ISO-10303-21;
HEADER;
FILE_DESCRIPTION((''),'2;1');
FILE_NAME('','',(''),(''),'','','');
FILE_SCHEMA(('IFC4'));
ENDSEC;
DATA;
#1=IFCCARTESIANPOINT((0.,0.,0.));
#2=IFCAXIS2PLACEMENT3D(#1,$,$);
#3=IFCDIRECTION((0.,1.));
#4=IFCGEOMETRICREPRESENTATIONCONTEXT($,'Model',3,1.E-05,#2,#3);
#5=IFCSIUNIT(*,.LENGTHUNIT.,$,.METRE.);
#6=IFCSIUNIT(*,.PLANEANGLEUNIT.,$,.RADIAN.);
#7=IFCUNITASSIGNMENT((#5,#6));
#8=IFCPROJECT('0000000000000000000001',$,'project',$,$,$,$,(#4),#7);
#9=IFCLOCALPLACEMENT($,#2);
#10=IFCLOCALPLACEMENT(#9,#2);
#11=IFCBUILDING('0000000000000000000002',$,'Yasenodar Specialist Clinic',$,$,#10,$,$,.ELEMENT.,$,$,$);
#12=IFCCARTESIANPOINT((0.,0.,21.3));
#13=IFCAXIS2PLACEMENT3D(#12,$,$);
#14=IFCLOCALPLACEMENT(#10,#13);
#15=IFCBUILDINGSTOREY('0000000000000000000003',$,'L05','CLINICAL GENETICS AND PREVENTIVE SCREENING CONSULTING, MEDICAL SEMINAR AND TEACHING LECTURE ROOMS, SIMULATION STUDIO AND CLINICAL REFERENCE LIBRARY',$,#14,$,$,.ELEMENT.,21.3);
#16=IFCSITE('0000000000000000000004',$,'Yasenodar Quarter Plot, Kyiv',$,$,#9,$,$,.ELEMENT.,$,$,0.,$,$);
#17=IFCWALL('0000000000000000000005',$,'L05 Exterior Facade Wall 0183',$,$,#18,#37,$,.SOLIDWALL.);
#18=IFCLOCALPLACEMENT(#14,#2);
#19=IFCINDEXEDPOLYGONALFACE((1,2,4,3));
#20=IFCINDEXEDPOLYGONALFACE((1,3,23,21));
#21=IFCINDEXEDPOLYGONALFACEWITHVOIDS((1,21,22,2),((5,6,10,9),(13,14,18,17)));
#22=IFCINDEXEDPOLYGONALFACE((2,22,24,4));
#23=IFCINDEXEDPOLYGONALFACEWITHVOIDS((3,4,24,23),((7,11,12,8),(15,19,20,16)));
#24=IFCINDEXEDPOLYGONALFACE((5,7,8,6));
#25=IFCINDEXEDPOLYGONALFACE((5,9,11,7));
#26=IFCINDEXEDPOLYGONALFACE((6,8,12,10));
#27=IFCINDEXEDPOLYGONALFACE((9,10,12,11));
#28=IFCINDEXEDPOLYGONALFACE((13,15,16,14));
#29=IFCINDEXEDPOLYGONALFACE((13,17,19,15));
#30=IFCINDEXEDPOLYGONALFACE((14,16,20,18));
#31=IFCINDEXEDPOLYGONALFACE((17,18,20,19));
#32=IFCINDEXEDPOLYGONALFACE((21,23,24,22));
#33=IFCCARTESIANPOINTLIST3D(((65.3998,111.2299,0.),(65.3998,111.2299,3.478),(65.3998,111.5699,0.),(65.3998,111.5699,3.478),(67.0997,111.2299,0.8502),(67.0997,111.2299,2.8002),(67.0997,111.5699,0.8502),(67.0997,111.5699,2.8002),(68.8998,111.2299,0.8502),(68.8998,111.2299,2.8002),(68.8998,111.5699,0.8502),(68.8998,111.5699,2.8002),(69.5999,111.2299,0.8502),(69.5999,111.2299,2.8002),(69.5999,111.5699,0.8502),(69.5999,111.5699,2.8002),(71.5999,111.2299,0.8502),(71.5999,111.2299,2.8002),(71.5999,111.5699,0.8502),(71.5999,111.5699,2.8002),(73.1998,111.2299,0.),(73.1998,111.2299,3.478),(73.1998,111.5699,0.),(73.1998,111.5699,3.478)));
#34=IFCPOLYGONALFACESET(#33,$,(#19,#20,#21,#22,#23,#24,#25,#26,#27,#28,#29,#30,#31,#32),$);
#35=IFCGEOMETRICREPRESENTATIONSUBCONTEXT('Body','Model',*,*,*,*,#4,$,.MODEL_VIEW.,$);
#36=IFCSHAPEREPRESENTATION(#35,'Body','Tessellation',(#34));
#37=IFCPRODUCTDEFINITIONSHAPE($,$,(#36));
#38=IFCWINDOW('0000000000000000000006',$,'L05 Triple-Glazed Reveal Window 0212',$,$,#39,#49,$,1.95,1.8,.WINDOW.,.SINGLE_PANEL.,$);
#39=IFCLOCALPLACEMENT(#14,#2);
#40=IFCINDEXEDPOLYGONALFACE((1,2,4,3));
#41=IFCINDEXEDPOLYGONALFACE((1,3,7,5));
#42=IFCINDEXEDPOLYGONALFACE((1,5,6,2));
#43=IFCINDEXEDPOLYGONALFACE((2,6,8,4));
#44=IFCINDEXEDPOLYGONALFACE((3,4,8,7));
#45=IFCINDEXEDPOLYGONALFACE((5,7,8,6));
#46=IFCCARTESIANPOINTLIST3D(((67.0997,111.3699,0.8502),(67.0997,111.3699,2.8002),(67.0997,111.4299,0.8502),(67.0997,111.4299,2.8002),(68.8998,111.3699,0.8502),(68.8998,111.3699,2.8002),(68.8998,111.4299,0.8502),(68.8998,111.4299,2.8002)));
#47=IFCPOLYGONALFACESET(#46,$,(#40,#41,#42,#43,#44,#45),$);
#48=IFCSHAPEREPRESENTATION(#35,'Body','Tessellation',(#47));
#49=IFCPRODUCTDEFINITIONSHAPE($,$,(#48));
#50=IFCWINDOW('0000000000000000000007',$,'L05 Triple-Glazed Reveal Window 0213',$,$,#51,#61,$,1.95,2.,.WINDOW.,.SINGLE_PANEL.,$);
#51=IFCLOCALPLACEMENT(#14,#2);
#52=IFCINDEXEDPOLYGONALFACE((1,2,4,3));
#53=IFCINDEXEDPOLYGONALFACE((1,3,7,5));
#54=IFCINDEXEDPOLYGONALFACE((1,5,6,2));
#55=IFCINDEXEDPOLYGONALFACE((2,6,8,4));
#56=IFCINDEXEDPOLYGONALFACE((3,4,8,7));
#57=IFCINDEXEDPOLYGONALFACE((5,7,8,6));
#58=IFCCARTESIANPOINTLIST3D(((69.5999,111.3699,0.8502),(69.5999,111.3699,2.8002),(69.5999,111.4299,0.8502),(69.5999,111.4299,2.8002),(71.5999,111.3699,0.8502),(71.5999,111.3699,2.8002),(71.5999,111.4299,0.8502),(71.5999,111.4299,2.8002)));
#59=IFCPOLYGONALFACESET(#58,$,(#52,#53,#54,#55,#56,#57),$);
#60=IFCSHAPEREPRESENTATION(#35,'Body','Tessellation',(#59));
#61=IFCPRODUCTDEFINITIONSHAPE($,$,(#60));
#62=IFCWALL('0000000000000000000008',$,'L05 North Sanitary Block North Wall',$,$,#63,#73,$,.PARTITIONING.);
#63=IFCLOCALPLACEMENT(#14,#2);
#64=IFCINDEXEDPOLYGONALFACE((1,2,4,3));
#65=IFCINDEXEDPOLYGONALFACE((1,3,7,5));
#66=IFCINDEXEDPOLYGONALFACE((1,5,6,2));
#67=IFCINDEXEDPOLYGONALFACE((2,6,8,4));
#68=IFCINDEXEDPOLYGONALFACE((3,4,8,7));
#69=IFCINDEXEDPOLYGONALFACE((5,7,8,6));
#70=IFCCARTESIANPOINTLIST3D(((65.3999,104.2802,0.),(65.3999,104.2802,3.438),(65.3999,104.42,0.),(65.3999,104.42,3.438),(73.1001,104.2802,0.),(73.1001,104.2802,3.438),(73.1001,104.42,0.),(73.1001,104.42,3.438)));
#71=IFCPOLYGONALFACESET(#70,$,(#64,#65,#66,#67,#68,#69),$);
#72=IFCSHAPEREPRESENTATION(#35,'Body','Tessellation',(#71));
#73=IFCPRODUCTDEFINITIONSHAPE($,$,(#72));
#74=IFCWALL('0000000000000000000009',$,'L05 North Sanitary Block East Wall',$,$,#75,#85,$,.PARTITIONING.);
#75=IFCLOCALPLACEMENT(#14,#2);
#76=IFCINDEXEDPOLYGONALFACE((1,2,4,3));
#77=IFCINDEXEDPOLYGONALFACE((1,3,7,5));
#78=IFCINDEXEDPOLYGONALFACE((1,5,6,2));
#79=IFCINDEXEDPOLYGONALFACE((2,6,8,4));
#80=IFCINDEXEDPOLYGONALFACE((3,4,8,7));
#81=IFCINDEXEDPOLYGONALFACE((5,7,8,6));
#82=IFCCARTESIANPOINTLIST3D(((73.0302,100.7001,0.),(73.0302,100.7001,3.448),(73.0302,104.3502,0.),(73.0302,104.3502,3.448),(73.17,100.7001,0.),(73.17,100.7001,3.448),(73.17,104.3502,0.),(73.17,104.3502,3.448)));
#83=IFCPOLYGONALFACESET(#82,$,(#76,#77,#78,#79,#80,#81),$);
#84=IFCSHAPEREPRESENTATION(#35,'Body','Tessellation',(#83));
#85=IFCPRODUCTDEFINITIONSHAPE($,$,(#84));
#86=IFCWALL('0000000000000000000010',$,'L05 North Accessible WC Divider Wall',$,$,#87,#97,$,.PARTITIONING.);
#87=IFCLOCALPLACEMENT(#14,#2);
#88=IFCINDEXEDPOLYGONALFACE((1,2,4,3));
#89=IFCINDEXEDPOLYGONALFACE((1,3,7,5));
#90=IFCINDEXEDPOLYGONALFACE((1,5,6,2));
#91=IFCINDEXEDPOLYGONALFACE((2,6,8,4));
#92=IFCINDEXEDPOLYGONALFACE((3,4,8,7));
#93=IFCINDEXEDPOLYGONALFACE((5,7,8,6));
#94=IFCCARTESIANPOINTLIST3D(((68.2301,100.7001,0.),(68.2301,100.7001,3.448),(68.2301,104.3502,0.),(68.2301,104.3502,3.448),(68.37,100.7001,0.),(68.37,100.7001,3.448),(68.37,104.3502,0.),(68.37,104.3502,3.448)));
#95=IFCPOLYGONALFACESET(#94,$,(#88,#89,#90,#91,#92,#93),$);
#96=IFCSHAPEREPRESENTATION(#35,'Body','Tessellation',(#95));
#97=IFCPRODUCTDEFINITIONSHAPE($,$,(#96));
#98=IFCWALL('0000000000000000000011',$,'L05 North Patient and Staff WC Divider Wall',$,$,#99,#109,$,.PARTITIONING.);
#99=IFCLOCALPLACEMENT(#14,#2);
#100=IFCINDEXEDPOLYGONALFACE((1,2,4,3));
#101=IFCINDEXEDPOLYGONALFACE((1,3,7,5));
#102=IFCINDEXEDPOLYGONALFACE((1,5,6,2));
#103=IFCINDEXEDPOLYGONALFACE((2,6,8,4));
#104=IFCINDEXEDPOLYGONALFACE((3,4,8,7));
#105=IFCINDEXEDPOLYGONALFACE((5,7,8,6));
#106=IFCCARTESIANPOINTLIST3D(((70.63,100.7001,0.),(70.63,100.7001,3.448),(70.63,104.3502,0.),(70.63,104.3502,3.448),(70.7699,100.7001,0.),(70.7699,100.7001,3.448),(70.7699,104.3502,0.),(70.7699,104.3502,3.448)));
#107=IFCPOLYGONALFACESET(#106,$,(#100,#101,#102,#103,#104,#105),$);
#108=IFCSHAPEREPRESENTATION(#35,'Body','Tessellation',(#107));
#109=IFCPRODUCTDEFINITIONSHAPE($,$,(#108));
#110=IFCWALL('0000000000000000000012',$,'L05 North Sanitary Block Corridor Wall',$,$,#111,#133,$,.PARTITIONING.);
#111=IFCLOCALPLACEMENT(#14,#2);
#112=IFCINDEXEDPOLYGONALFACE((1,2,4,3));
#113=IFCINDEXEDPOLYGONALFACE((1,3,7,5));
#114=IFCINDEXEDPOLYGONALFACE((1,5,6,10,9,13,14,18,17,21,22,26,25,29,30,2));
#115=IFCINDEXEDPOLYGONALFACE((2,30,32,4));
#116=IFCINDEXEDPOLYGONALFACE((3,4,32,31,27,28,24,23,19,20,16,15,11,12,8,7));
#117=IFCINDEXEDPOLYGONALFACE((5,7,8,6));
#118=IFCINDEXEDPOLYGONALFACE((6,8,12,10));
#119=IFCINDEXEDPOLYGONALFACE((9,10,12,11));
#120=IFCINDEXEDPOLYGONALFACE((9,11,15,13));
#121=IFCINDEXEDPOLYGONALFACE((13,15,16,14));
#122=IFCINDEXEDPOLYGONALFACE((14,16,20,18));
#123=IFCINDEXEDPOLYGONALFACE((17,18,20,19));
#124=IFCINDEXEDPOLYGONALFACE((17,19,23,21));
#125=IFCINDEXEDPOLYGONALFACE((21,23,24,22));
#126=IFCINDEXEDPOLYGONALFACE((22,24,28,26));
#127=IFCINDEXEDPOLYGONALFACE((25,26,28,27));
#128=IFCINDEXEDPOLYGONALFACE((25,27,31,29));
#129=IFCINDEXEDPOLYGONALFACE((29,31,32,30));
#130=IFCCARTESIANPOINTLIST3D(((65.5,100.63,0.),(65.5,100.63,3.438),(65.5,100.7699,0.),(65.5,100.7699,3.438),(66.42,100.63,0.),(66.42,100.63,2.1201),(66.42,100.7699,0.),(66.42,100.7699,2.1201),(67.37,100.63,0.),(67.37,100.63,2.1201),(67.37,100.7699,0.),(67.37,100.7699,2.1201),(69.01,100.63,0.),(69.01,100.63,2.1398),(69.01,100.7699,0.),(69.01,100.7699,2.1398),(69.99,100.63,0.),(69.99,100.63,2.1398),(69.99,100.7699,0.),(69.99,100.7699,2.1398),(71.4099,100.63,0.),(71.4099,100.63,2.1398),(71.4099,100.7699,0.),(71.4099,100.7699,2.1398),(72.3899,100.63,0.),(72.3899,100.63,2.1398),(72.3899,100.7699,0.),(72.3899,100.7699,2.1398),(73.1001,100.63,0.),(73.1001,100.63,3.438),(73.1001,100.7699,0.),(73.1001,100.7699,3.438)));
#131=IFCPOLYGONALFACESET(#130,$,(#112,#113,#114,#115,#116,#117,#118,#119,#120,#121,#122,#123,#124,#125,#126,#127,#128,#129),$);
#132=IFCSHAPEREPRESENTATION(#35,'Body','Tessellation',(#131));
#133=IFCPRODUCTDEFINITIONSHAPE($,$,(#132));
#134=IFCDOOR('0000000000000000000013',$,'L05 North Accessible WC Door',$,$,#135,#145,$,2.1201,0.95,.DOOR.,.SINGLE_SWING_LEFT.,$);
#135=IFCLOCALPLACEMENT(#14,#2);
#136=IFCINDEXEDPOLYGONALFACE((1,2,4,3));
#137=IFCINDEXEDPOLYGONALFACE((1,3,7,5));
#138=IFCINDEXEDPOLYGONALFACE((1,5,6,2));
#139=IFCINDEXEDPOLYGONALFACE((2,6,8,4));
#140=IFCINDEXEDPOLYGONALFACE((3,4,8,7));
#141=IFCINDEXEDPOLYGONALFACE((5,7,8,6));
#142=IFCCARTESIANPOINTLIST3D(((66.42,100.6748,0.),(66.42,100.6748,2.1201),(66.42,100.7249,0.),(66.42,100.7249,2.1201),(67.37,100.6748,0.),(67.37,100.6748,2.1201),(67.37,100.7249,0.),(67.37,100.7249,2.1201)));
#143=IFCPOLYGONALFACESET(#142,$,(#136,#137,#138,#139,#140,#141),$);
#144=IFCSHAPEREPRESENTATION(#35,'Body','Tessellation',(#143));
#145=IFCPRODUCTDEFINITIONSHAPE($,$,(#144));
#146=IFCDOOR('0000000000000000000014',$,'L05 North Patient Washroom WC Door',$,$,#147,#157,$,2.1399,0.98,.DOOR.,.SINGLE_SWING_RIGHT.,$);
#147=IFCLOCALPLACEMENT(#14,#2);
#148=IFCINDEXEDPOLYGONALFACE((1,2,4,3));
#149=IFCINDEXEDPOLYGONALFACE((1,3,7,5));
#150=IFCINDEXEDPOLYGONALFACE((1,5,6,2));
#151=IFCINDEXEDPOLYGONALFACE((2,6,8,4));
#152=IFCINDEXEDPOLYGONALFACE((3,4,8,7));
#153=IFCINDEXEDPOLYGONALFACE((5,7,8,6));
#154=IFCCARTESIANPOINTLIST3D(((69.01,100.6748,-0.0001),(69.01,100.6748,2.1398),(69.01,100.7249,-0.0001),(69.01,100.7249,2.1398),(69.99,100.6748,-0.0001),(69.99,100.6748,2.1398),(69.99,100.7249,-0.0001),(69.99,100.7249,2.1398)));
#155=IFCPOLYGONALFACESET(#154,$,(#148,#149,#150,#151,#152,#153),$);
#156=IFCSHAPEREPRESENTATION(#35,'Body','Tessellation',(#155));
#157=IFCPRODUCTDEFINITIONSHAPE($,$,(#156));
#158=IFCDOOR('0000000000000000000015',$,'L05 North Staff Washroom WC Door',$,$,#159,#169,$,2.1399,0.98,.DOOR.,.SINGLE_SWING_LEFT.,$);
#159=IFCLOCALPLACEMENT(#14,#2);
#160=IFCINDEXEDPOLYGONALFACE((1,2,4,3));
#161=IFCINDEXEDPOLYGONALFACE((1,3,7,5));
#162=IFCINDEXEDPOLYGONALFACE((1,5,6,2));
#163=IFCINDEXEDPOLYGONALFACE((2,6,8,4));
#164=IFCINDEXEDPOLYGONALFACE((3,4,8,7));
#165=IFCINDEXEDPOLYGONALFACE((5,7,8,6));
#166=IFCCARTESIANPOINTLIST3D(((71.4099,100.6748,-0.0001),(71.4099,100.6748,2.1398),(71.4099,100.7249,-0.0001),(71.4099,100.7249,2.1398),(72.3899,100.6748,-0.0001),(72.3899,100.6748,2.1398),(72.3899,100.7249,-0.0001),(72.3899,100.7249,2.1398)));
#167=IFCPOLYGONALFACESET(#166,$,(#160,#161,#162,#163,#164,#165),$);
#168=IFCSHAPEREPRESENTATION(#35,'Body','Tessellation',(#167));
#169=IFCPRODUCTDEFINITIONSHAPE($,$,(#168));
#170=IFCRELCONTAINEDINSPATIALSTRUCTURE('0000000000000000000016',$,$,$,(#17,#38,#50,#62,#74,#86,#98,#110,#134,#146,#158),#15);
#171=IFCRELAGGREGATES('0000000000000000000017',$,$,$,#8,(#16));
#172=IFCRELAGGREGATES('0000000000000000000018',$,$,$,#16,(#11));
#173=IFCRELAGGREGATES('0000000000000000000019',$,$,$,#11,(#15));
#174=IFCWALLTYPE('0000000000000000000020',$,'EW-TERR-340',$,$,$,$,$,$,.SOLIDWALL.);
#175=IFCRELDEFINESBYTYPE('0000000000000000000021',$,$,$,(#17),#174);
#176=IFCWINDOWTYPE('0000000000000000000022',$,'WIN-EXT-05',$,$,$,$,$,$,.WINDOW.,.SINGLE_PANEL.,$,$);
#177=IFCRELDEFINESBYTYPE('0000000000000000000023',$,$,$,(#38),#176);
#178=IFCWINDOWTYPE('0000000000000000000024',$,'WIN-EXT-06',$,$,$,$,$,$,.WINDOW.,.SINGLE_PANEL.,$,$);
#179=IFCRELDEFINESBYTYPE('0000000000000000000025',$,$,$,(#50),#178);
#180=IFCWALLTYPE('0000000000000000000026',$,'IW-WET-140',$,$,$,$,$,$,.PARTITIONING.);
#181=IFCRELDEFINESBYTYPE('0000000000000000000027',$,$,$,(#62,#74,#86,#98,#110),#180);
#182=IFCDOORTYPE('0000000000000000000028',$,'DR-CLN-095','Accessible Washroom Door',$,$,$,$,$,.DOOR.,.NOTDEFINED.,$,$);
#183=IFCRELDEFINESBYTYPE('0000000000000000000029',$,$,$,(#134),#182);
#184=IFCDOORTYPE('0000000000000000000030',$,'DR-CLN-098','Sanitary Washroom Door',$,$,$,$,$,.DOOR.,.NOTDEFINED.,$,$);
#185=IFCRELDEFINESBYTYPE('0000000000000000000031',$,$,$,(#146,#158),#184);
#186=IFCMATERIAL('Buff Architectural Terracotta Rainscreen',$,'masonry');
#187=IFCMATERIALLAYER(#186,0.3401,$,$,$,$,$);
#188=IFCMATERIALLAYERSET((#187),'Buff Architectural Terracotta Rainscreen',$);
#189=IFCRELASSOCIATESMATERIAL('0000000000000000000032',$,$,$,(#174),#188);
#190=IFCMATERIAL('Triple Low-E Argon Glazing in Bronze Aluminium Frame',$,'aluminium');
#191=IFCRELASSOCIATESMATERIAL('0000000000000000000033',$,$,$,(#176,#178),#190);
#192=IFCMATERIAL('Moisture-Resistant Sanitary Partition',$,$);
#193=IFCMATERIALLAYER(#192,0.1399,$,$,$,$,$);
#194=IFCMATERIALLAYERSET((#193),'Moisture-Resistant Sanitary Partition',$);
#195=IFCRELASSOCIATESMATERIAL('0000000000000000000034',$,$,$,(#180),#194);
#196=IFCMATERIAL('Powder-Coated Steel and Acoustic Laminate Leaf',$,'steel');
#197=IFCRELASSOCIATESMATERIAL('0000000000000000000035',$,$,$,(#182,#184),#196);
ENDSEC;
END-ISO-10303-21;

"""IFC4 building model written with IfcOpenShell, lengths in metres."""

from ifc_helpers import new_model, si_unit, direction, frame, frame_2d, origin, place, context, subcontext, project, spatial, rectangle, extrude, material, layer, layer_set, type_object, element, fill, save


model = new_model("IFC4")

# Units and contexts
model_context = context("Model", 3, precision=1e-05, world=origin(), true_north=direction((0.0, 1.0)))
body_context = subcontext(model_context, "Body", "Model", "MODEL_VIEW")
ifc_project = project(units=[si_unit("LENGTHUNIT", "METRE"), si_unit("PLANEANGLEUNIT", "RADIAN")], contexts=[model_context])

# Site, building, storey
site_placement = place(None, origin())
site = spatial("IfcSite", under=ifc_project, at=site_placement, Name="Yasenodar Quarter Plot, Kyiv", CompositionType="ELEMENT", RefElevation=0.0)
building_placement = place(site_placement, origin())
building = spatial("IfcBuilding", under=site, at=building_placement, Name="Yasenodar Specialist Clinic", CompositionType="ELEMENT")
storey_placement = place(building_placement, frame((0.0, 0.0, 21.3)))
storey = spatial("IfcBuildingStorey", under=building, at=storey_placement, Name="L05", Description="CLINICAL GENETICS AND PREVENTIVE SCREENING CONSULTING, MEDICAL SEMINAR AND TEACHING LECTURE ROOMS, SIMULATION STUDIO AND CLINICAL REFERENCE LIBRARY", CompositionType="ELEMENT", Elevation=21.3)

# Wall, openings, windows
ifc_material_1 = material(Name="Buff Architectural Terracotta Rainscreen", Category="masonry")
ifc_layer_1 = layer(ifc_material_1, 0.3401)
ifc_layer_set_1 = layer_set([ifc_layer_1], Name="Buff Architectural Terracotta Rainscreen")
wall_type_1 = type_object("IfcWallType", Name="EW-TERR-340", PredefinedType="SOLIDWALL", material=ifc_layer_set_1)
wall_1_placement = place(storey_placement, frame((65.3999, 111.3999, 0.0), z_axis=(0.0, 0.0, 1.0), x_axis=(1.0, 0.0, 0.0)))
wall_1 = element("IfcWall", 1, at=wall_1_placement, inside=storey, type_object=wall_type_1, Name="L05 Exterior Facade Wall 0183", PredefinedType="SOLIDWALL", context=body_context, shape_type="SweptSolid", body=[
    extrude(rectangle(XDim=7.8, YDim=0.3401, at=frame_2d((3.8999, 0.0))), origin(), (0.0, 0.0, 1.0), 3.478),
])
opening_1_placement = place(wall_1_placement, frame((1.7, 0.0, 0.8501)))
opening_1 = element("IfcOpeningElement", 2, at=opening_1_placement, cuts=wall_1, PredefinedType="OPENING", context=body_context, shape_type="SweptSolid", body=[
    extrude(rectangle(XDim=1.8, YDim=1.95, at=frame_2d((0.8999, 0.9751))), frame((0.0, 0.1802, 0.0), z_axis=(0.0, -1.0, 0.0), x_axis=(1.0, 0.0, 0.0)), (0.0, 0.0, 1.0), 0.3601),
])
opening_2_placement = place(wall_1_placement, frame((4.2, 0.0, 0.8501)))
opening_2 = element("IfcOpeningElement", 3, at=opening_2_placement, cuts=wall_1, PredefinedType="OPENING", context=body_context, shape_type="SweptSolid", body=[
    extrude(rectangle(XDim=2.0, YDim=1.95, at=frame_2d((1.0, 0.9751))), frame((0.0, 0.1802, 0.0), z_axis=(0.0, -1.0, 0.0), x_axis=(1.0, 0.0, 0.0)), (0.0, 0.0, 1.0), 0.3601),
])
ifc_material_2 = material(Name="Triple Low-E Argon Glazing in Bronze Aluminium Frame", Category="aluminium")
window_type_1 = type_object("IfcWindowType", Name="WIN-EXT-05", PartitioningType="SINGLE_PANEL", PredefinedType="WINDOW", material=ifc_material_2)
window_1_placement = place(opening_1_placement, origin())
window_1 = element("IfcWindow", 4, at=window_1_placement, inside=storey, type_object=window_type_1, Name="L05 Triple-Glazed Reveal Window 0212", OverallHeight=1.95, OverallWidth=1.8, PartitioningType="SINGLE_PANEL", PredefinedType="WINDOW", context=body_context, shape_type="SweptSolid", body=[
    extrude(rectangle(XDim=1.8, YDim=1.95, at=frame_2d((0.8999, 0.9751))), frame((0.0, 0.03, 0.0), z_axis=(0.0, -1.0, 0.0), x_axis=(1.0, 0.0, 0.0)), (0.0, 0.0, 1.0), 0.0601),
])
fill(opening_1, window_1)
window_type_2 = type_object("IfcWindowType", Name="WIN-EXT-06", PartitioningType="SINGLE_PANEL", PredefinedType="WINDOW", material=ifc_material_2)
window_2_placement = place(opening_2_placement, origin())
window_2 = element("IfcWindow", 5, at=window_2_placement, inside=storey, type_object=window_type_2, Name="L05 Triple-Glazed Reveal Window 0213", OverallHeight=1.95, OverallWidth=2.0, PartitioningType="SINGLE_PANEL", PredefinedType="WINDOW", context=body_context, shape_type="SweptSolid", body=[
    extrude(rectangle(XDim=2.0, YDim=1.95, at=frame_2d((1.0, 0.9751))), frame((0.0, 0.03, 0.0), z_axis=(0.0, -1.0, 0.0), x_axis=(1.0, 0.0, 0.0)), (0.0, 0.0, 1.0), 0.0601),
])
fill(opening_2, window_2)

# Walls
ifc_material_3 = material(Name="Moisture-Resistant Sanitary Partition")
ifc_layer_2 = layer(ifc_material_3, 0.1399)
ifc_layer_set_2 = layer_set([ifc_layer_2], Name="Moisture-Resistant Sanitary Partition")
wall_type_2 = type_object("IfcWallType", Name="IW-WET-140", PredefinedType="PARTITIONING", material=ifc_layer_set_2)
wall_2_placement = place(storey_placement, frame((65.3999, 104.3501, 0.0), z_axis=(0.0, 0.0, 1.0), x_axis=(1.0, 0.0, 0.0)))
element("IfcWall", 6, at=wall_2_placement, inside=storey, type_object=wall_type_2, Name="L05 North Sanitary Block North Wall", PredefinedType="PARTITIONING", context=body_context, shape_type="SweptSolid", body=[
    extrude(rectangle(XDim=7.7002, YDim=0.1399, at=frame_2d((3.8501, 0.0))), origin(), (0.0, 0.0, 1.0), 3.438),
])
for number, where, z_axis, x_axis, name in (
    (7, (73.1001, 100.7, 0.0), (0.0, 0.0, 1.0), (0.0, 1.0, 0.0), "L05 North Sanitary Block East Wall"),
    (8, (68.3, 100.7, 0.0), (0.0, 0.0, 1.0), (0.0, 1.0, 0.0), "L05 North Accessible WC Divider Wall"),
    (9, (70.7, 100.7, 0.0), (0.0, 0.0, 1.0), (0.0, 1.0, 0.0), "L05 North Patient and Staff WC Divider Wall"),
):
    element("IfcWall", number, at=place(storey_placement, frame(where, z_axis=z_axis, x_axis=x_axis)), inside=storey, type_object=wall_type_2, Name=name, PredefinedType="PARTITIONING", context=body_context, shape_type="SweptSolid", body=[
        extrude(rectangle(XDim=3.6501, YDim=0.1399, at=frame_2d((1.8252, 0.0))), origin(), (0.0, 0.0, 1.0), 3.448),
    ])

# Wall, openings, doors
wall_3_placement = place(storey_placement, frame((65.5, 100.7, 0.0), z_axis=(0.0, 0.0, 1.0), x_axis=(1.0, 0.0, 0.0)))
wall_3 = element("IfcWall", 10, at=wall_3_placement, inside=storey, type_object=wall_type_2, Name="L05 North Sanitary Block Corridor Wall", PredefinedType="PARTITIONING", context=body_context, shape_type="SweptSolid", body=[
    extrude(rectangle(XDim=7.6001, YDim=0.1399, at=frame_2d((3.8, 0.0))), origin(), (0.0, 0.0, 1.0), 3.438),
])
opening_3_placement = place(wall_3_placement, frame((0.9199, 0.0, 0.0)))
opening_3 = element("IfcOpeningElement", 11, at=opening_3_placement, cuts=wall_3, PredefinedType="OPENING", context=body_context, shape_type="SweptSolid", body=[
    extrude(rectangle(XDim=0.95, YDim=2.1201, at=frame_2d((0.4751, 1.0601))), frame((0.0, 0.0801, 0.0), z_axis=(0.0, -1.0, 0.0), x_axis=(1.0, 0.0, 0.0)), (0.0, 0.0, 1.0), 0.1599),
])
opening_4_placement = place(wall_3_placement, frame((3.51, 0.0, 0.0)))
opening_4 = element("IfcOpeningElement", 12, at=opening_4_placement, cuts=wall_3, PredefinedType="OPENING", context=body_context, shape_type="SweptSolid", body=[
    extrude(rectangle(XDim=0.98, YDim=2.1399, at=frame_2d((0.49, 1.0698))), frame((0.0, 0.0801, 0.0), z_axis=(0.0, -1.0, 0.0), x_axis=(1.0, 0.0, 0.0)), (0.0, 0.0, 1.0), 0.1599),
])
opening_5_placement = place(wall_3_placement, frame((5.9099, 0.0, 0.0)))
opening_5 = element("IfcOpeningElement", 13, at=opening_5_placement, cuts=wall_3, PredefinedType="OPENING", context=body_context, shape_type="SweptSolid", body=[
    extrude(rectangle(XDim=0.98, YDim=2.1399, at=frame_2d((0.49, 1.0698))), frame((0.0, 0.0801, 0.0), z_axis=(0.0, -1.0, 0.0), x_axis=(1.0, 0.0, 0.0)), (0.0, 0.0, 1.0), 0.1599),
])
ifc_material_4 = material(Name="Powder-Coated Steel and Acoustic Laminate Leaf", Category="steel")
door_type_1 = type_object("IfcDoorType", Name="DR-CLN-095", Description="Accessible Washroom Door", OperationType="NOTDEFINED", PredefinedType="DOOR", material=ifc_material_4)
door_1_placement = place(opening_3_placement, origin())
door_1 = element("IfcDoor", 14, at=door_1_placement, inside=storey, type_object=door_type_1, Name="L05 North Accessible WC Door", OperationType="SINGLE_SWING_LEFT", OverallHeight=2.1201, OverallWidth=0.95, PredefinedType="DOOR", context=body_context, shape_type="SweptSolid", body=[
    extrude(rectangle(XDim=0.95, YDim=2.1201, at=frame_2d((0.4751, 1.0601))), frame((0.0, 0.0249, 0.0), z_axis=(0.0, -1.0, 0.0), x_axis=(1.0, 0.0, 0.0)), (0.0, 0.0, 1.0), 0.05),
])
fill(opening_3, door_1)
door_type_2 = type_object("IfcDoorType", Name="DR-CLN-098", Description="Sanitary Washroom Door", OperationType="NOTDEFINED", PredefinedType="DOOR", material=ifc_material_4)
door_2_placement = place(opening_4_placement, origin())
door_2 = element("IfcDoor", 15, at=door_2_placement, inside=storey, type_object=door_type_2, Name="L05 North Patient Washroom WC Door", OperationType="SINGLE_SWING_RIGHT", OverallHeight=2.1399, OverallWidth=0.98, PredefinedType="DOOR", context=body_context, shape_type="SweptSolid", body=[
    extrude(rectangle(XDim=0.98, YDim=2.1399, at=frame_2d((0.49, 1.0698))), frame((0.0, 0.0249, 0.0), z_axis=(0.0, -1.0, 0.0), x_axis=(1.0, 0.0, 0.0)), (0.0, 0.0, 1.0), 0.05),
])
fill(opening_4, door_2)
door_3_placement = place(opening_5_placement, origin())
door_3 = element("IfcDoor", 16, at=door_3_placement, inside=storey, type_object=door_type_2, Name="L05 North Staff Washroom WC Door", OperationType="SINGLE_SWING_LEFT", OverallHeight=2.1399, OverallWidth=0.98, PredefinedType="DOOR", context=body_context, shape_type="SweptSolid", body=[
    extrude(rectangle(XDim=0.98, YDim=2.1399, at=frame_2d((0.49, 1.0698))), frame((0.0, 0.0249, 0.0), z_axis=(0.0, -1.0, 0.0), x_axis=(1.0, 0.0, 0.0)), (0.0, 0.0, 1.0), 0.05),
])
fill(opening_5, door_3)

save(model, "model.ifc")
